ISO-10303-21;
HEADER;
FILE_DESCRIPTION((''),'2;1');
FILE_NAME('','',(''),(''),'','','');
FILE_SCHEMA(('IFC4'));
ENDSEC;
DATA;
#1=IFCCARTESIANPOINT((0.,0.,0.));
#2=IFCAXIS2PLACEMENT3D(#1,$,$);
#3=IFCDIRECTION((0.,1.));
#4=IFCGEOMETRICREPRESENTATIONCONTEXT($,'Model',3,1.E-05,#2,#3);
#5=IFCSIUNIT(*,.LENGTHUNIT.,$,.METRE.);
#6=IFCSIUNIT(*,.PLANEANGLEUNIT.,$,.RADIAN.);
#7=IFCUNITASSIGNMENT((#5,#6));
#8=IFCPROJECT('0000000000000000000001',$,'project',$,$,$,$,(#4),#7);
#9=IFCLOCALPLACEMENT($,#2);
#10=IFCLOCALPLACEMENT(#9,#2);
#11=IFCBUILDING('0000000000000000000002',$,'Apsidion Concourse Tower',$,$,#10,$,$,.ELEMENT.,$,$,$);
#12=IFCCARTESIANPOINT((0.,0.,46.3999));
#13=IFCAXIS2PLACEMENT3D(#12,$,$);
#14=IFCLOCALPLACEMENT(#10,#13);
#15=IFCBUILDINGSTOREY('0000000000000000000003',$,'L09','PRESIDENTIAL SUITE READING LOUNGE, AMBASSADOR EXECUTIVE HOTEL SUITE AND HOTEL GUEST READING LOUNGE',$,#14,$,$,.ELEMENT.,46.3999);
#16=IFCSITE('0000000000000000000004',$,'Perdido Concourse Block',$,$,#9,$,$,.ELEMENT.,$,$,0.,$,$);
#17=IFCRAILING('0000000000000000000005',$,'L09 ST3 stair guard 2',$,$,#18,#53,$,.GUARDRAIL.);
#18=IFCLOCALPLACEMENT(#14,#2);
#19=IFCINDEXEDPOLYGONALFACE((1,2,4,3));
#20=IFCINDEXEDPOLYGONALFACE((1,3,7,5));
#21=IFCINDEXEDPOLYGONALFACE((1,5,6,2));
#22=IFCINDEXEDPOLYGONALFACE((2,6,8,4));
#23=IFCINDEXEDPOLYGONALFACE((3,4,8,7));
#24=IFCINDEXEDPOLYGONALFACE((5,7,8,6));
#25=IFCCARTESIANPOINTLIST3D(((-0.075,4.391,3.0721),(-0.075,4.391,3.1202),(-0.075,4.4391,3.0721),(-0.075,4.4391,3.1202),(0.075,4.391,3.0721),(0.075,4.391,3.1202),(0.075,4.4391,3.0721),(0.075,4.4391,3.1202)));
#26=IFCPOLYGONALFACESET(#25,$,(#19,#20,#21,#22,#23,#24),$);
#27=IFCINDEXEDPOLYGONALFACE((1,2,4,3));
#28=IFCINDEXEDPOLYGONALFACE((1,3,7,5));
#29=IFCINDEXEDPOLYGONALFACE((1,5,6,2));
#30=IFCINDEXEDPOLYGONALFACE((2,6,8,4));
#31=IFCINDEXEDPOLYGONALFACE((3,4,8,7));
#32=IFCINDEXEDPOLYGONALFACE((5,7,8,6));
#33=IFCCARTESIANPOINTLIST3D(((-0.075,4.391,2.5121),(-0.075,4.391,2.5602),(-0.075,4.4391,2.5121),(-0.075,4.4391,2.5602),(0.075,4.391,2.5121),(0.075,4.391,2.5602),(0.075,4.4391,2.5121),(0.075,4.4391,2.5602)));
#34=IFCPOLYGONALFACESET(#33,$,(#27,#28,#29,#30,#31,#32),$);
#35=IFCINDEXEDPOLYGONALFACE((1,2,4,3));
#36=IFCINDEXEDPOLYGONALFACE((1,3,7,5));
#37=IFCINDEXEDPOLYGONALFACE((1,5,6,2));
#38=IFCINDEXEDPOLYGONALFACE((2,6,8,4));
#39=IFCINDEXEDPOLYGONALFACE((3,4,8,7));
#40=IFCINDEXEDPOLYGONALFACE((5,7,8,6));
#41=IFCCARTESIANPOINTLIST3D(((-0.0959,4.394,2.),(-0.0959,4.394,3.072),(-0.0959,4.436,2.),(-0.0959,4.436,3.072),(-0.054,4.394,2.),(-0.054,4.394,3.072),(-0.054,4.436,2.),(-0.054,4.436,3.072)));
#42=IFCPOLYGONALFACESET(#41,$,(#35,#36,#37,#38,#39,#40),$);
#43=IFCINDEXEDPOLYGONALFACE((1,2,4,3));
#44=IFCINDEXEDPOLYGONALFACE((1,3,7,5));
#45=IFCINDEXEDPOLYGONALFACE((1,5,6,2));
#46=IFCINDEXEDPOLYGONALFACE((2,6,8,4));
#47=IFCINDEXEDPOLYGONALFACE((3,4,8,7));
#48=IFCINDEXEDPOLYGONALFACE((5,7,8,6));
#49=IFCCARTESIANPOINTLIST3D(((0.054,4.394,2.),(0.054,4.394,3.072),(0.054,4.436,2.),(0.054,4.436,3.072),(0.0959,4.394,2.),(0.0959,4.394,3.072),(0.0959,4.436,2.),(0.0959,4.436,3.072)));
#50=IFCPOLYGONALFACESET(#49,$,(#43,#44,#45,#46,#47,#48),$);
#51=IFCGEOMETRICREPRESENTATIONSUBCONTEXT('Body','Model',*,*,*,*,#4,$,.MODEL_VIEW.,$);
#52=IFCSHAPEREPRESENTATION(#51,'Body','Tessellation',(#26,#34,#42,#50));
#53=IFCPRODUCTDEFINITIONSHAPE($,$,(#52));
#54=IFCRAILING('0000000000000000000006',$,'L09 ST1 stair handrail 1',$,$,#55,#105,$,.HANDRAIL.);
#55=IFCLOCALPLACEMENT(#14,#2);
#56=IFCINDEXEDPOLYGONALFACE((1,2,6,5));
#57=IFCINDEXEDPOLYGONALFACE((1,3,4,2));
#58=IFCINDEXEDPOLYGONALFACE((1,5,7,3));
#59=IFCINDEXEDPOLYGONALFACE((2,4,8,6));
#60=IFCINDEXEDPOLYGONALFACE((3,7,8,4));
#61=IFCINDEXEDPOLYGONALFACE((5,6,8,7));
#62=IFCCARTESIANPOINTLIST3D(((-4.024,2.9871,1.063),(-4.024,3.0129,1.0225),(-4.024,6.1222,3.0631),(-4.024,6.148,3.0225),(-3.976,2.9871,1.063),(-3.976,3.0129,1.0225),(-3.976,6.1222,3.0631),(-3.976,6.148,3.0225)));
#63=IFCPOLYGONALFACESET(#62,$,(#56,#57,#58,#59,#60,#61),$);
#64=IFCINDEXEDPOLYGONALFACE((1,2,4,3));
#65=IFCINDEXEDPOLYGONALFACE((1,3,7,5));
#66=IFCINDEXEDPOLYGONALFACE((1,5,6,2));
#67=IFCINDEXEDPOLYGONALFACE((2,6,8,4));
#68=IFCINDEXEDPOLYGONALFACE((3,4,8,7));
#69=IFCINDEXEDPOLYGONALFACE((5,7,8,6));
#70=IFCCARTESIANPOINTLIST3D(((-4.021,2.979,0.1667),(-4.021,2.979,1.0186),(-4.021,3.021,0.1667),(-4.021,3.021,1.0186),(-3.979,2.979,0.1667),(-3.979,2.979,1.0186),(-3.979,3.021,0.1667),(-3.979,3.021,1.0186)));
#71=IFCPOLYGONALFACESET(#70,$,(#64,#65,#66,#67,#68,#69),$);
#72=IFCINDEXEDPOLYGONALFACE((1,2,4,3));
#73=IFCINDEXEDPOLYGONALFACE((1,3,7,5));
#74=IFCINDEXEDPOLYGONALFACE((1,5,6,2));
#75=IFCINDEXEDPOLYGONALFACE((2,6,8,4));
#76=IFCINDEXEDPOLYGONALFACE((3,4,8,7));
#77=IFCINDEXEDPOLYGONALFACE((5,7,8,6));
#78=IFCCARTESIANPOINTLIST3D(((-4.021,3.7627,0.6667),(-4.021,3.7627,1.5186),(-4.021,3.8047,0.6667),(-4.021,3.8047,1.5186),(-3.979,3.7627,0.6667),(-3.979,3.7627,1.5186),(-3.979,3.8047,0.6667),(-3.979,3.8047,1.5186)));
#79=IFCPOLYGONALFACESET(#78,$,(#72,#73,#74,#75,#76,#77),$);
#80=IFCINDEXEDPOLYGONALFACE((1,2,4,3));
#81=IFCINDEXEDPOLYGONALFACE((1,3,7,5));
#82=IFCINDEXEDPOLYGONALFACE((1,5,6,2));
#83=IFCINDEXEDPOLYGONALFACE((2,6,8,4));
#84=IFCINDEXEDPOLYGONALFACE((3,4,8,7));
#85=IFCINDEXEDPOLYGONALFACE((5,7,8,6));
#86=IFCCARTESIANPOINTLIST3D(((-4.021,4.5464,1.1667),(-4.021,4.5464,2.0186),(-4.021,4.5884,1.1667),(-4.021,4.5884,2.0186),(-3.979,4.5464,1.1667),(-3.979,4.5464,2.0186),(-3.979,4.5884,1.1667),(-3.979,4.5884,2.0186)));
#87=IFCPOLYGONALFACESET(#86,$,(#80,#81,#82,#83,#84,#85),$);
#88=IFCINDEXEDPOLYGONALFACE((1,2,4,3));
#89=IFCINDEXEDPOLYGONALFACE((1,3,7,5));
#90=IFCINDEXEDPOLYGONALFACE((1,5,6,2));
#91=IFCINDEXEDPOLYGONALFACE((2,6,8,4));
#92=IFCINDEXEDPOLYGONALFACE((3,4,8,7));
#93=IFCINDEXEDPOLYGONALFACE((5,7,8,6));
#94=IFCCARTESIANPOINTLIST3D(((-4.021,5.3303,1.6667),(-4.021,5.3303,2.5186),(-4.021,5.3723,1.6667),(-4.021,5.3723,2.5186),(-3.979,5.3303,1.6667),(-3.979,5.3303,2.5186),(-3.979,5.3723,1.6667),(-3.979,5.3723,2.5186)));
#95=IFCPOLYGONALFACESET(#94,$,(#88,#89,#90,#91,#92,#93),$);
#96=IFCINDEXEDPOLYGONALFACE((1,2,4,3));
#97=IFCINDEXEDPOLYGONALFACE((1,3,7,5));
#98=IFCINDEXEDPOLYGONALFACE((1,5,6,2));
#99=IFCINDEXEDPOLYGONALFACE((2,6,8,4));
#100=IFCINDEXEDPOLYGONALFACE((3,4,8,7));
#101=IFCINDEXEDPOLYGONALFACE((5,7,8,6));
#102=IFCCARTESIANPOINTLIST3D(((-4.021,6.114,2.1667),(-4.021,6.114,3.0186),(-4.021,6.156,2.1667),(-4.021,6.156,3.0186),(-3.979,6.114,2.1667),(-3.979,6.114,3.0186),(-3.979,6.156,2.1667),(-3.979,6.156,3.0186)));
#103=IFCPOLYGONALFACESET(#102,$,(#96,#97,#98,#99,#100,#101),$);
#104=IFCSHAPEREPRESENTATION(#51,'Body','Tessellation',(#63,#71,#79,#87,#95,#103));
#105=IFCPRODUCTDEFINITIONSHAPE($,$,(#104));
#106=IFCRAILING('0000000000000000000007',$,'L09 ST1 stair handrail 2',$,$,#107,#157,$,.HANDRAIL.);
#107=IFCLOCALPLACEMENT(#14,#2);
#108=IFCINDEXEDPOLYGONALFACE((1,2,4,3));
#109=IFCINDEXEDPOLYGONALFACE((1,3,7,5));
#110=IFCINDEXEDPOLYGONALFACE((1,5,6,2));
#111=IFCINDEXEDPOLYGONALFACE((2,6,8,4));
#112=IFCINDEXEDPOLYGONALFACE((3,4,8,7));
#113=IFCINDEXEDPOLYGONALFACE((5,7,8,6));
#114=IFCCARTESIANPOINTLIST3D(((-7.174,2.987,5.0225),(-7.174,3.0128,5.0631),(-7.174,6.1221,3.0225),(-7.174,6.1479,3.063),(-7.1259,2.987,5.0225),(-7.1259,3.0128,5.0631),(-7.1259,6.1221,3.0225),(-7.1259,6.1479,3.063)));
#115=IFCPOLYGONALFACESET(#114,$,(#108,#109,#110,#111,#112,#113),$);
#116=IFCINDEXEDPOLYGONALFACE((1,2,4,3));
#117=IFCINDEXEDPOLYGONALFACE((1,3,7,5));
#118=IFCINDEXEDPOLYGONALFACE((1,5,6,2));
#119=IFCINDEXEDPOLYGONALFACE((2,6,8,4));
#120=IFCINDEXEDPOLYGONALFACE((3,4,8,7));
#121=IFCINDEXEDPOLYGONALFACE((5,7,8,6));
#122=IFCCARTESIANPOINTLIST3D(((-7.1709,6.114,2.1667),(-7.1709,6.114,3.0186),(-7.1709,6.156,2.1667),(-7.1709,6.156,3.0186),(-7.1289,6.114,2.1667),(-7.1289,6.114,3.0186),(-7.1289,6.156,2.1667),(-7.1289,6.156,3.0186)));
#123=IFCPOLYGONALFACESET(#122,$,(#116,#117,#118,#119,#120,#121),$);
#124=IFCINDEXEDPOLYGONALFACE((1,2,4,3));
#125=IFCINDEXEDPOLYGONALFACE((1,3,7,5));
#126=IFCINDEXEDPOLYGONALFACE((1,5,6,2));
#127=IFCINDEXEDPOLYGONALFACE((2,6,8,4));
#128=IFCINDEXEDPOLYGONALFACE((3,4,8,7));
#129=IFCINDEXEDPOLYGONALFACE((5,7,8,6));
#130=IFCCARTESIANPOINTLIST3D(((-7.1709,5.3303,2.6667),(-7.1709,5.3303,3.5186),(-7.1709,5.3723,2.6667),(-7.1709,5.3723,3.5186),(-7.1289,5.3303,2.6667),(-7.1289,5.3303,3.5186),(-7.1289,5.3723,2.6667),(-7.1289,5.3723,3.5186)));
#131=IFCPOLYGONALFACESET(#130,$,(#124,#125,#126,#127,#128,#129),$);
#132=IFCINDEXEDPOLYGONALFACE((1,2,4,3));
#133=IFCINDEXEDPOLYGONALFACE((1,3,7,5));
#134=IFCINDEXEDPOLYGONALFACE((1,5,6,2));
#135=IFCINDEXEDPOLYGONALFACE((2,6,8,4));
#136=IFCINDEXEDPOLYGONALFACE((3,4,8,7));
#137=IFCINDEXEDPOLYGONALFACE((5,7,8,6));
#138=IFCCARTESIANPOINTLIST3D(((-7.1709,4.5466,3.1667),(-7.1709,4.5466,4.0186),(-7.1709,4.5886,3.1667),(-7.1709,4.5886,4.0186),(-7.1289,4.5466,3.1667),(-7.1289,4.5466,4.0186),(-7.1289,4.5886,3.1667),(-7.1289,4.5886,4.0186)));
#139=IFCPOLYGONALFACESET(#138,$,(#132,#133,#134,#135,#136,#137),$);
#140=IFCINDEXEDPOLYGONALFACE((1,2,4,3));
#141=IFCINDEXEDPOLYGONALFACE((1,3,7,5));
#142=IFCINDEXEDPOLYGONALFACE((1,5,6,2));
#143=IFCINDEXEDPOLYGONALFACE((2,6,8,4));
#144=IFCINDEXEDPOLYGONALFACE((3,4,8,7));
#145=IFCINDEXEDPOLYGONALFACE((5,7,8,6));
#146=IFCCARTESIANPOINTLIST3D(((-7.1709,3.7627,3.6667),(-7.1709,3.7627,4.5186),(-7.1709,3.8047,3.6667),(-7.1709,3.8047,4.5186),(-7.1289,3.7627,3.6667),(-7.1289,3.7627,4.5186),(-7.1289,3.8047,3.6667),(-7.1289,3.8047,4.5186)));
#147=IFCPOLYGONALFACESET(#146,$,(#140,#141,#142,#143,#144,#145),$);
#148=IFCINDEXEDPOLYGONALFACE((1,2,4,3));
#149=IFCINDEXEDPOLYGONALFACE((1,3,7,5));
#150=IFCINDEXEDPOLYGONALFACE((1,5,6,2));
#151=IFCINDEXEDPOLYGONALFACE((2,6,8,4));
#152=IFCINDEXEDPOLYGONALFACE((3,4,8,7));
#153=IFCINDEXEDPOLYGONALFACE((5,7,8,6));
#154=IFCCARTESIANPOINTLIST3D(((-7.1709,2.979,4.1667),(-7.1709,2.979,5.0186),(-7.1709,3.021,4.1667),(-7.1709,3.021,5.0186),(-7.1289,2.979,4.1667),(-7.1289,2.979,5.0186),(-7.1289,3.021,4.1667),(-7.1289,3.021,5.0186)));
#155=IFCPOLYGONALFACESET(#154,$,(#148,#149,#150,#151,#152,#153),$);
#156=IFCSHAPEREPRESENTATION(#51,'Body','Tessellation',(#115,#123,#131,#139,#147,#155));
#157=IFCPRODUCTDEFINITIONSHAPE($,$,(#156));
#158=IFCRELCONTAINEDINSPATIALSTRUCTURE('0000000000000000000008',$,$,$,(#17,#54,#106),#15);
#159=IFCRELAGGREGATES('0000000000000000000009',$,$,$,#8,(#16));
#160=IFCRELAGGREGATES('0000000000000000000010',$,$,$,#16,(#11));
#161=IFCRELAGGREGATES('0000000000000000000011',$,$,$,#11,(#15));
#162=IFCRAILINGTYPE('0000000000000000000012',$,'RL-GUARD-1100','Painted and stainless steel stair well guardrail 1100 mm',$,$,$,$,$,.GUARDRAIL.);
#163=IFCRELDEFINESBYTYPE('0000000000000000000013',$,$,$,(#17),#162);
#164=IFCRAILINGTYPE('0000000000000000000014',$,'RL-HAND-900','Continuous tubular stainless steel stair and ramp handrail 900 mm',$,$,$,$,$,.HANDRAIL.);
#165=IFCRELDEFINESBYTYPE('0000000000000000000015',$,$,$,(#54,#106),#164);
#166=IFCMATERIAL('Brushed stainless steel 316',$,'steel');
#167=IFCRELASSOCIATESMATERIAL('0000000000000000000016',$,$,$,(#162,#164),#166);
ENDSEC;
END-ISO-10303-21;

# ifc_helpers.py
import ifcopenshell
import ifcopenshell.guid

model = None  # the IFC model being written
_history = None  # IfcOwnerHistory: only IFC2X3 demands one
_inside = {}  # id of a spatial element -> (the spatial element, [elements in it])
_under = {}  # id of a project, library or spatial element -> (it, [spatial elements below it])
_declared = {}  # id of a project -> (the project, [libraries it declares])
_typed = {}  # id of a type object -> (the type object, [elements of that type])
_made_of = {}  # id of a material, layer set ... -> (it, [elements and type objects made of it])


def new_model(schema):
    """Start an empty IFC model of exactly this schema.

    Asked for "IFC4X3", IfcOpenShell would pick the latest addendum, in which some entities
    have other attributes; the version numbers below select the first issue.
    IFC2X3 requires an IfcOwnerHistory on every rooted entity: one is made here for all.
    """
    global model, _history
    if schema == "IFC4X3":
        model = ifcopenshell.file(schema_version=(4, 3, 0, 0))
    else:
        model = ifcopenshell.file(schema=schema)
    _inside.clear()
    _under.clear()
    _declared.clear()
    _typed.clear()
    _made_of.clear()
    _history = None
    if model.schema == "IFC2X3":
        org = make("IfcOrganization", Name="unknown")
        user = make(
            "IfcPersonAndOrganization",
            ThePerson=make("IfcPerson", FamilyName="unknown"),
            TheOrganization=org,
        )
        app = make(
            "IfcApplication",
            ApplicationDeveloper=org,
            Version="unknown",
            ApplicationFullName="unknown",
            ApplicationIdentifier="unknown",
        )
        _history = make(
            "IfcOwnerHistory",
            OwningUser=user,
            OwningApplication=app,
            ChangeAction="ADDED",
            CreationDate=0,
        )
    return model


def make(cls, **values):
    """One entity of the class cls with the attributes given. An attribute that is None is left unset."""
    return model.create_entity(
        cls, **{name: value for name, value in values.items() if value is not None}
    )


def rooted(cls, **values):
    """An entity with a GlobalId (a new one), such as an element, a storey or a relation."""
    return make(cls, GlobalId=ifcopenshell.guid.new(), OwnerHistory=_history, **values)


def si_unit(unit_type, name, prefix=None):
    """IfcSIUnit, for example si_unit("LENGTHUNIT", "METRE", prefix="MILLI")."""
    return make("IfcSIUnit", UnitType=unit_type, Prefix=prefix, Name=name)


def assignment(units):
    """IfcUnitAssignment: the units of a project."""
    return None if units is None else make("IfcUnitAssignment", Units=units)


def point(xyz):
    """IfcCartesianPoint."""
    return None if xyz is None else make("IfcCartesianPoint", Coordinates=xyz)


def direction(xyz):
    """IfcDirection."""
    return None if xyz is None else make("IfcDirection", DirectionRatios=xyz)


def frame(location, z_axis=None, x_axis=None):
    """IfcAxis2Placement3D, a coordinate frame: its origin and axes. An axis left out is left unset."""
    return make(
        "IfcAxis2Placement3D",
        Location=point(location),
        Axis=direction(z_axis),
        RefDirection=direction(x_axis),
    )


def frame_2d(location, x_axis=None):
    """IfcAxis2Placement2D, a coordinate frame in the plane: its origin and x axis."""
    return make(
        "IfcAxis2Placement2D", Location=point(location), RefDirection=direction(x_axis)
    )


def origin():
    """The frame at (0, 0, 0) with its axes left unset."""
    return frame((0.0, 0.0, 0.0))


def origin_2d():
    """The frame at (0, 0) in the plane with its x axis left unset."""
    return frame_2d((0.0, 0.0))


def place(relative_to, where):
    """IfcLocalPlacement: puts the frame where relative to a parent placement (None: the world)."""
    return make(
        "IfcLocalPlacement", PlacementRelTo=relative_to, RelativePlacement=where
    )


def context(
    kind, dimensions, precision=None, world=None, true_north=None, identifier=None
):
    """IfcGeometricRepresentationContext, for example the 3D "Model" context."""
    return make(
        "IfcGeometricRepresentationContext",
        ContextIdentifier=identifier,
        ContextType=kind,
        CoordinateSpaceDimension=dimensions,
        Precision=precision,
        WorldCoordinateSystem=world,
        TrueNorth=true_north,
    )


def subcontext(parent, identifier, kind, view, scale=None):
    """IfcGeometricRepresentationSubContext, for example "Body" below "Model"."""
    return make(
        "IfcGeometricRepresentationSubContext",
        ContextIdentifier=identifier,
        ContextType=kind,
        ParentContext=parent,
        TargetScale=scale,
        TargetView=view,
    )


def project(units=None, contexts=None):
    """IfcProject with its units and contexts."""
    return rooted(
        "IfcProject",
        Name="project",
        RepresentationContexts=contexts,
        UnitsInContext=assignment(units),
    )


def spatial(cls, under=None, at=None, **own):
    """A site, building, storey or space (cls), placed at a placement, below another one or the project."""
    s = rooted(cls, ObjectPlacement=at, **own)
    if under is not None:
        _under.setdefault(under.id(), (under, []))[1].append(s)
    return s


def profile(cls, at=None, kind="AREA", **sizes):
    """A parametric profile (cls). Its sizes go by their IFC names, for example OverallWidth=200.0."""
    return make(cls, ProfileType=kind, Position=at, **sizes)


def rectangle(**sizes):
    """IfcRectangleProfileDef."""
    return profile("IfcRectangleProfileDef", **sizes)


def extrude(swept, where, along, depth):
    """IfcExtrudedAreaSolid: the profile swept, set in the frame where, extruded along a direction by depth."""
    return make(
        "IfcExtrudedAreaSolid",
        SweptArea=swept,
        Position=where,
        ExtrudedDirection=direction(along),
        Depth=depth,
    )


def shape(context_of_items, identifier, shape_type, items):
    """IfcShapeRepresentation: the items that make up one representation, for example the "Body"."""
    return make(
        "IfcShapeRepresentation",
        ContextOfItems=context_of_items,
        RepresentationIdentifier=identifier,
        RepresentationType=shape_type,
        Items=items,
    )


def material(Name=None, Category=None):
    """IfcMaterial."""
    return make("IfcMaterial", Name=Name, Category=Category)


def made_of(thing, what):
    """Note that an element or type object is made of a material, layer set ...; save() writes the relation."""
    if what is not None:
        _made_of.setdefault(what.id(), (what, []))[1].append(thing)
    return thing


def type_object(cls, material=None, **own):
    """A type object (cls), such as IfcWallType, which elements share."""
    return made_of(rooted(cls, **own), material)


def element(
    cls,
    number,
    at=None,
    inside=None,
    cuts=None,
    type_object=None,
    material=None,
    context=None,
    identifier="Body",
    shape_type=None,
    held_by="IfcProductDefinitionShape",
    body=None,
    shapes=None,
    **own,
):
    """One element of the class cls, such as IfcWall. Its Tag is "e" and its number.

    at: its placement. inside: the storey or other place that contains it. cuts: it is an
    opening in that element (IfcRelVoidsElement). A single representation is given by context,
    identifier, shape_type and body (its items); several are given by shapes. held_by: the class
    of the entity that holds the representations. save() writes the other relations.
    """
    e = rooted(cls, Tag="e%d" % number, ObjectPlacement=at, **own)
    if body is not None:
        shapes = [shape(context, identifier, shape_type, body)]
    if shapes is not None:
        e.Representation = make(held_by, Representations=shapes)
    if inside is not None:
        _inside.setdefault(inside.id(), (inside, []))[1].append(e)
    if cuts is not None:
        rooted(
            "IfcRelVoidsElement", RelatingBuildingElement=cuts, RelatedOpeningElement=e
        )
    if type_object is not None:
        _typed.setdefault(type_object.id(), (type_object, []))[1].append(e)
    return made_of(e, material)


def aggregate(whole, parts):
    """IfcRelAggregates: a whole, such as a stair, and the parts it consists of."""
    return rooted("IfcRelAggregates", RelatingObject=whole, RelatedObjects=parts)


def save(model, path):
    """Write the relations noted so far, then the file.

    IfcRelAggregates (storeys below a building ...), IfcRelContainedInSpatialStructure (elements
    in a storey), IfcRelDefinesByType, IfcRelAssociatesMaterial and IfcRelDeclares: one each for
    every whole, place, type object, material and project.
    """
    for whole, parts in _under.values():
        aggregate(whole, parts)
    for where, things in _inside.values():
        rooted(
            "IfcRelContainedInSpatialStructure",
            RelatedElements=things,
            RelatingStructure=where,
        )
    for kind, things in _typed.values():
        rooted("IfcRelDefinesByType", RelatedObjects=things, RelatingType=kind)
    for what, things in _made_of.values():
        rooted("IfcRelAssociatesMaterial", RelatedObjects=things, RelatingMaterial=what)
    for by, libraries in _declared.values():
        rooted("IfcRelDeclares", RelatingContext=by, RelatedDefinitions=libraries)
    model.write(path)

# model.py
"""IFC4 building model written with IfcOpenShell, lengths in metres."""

from ifc_helpers import new_model, si_unit, direction, frame, origin, origin_2d, place, context, subcontext, project, spatial, rectangle, extrude, material, type_object, element, save


model = new_model("IFC4")

# Units and contexts
model_context = context("Model", 3, precision=1e-05, world=origin(), true_north=direction((0.0, 1.0)))
body_context = subcontext(model_context, "Body", "Model", "MODEL_VIEW")
ifc_project = project(units=[si_unit("LENGTHUNIT", "METRE"), si_unit("PLANEANGLEUNIT", "RADIAN")], contexts=[model_context])

# Site, building, storey
site_placement = place(None, origin())
site = spatial("IfcSite", under=ifc_project, at=site_placement, Name="Perdido Concourse Block", CompositionType="ELEMENT", RefElevation=0.0)
building_placement = place(site_placement, origin())
building = spatial("IfcBuilding", under=site, at=building_placement, Name="Apsidion Concourse Tower", CompositionType="ELEMENT")
storey_placement = place(building_placement, frame((0.0, 0.0, 46.3999)))
storey = spatial("IfcBuildingStorey", under=building, at=storey_placement, Name="L09", Description="PRESIDENTIAL SUITE READING LOUNGE, AMBASSADOR EXECUTIVE HOTEL SUITE AND HOTEL GUEST READING LOUNGE", CompositionType="ELEMENT", Elevation=46.3999)

# Railings
ifc_material_1 = material(Name="Brushed stainless steel 316", Category="steel")
railing_type_1 = type_object("IfcRailingType", Name="RL-GUARD-1100", Description="Painted and stainless steel stair well guardrail 1100 mm", PredefinedType="GUARDRAIL", material=ifc_material_1)
railing_1_placement = place(storey_placement, frame((-0.075, 4.415, 2.0)))
element("IfcRailing", 1, at=railing_1_placement, inside=storey, type_object=railing_type_1, Name="L09 ST3 stair guard 2", PredefinedType="GUARDRAIL", context=body_context, shape_type="SweptSolid", body=[
    extrude(rectangle(XDim=0.0481, YDim=0.0481, at=origin_2d()), frame((0.0, 0.0, 1.0962), z_axis=(1.0, 0.0, 0.0), x_axis=(0.0, 1.0, 0.0)), (0.0, 0.0, 1.0), 0.1499),
    extrude(rectangle(XDim=0.0481, YDim=0.0481, at=origin_2d()), frame((0.0, 0.0, 0.5361), z_axis=(1.0, 0.0, 0.0), x_axis=(0.0, 1.0, 0.0)), (0.0, 0.0, 1.0), 0.1499),
    extrude(rectangle(XDim=0.042, YDim=0.042, at=origin_2d()), origin(), (0.0, 0.0, 1.0), 1.072),
    extrude(rectangle(XDim=0.042, YDim=0.042, at=origin_2d()), frame((0.1499, 0.0, 0.0)), (0.0, 0.0, 1.0), 1.072),
])
railing_type_2 = type_object("IfcRailingType", Name="RL-HAND-900", Description="Continuous tubular stainless steel stair and ramp handrail 900 mm", PredefinedType="HANDRAIL", material=ifc_material_1)
railing_2_placement = place(storey_placement, frame((-4.0, 3.0, 0.1667)))
element("IfcRailing", 2, at=railing_2_placement, inside=storey, type_object=railing_type_2, Name="L09 ST1 stair handrail 1", PredefinedType="HANDRAIL", context=body_context, shape_type="SweptSolid", body=[
    extrude(rectangle(XDim=0.0481, YDim=0.0481, at=origin_2d()), frame((0.0, 0.0, 0.876), z_axis=(0.0, 0.843053, 0.537831), x_axis=(-1.0, 0.0, 0.0)), (0.0, 0.0, 1.0), 3.7188),
    extrude(rectangle(XDim=0.042, YDim=0.042, at=origin_2d()), origin(), (0.0, 0.0, 1.0), 0.8518),
    extrude(rectangle(XDim=0.042, YDim=0.042, at=origin_2d()), frame((0.0, 0.7837, 0.5)), (0.0, 0.0, 1.0), 0.8518),
    extrude(rectangle(XDim=0.042, YDim=0.042, at=origin_2d()), frame((0.0, 1.5674, 1.0)), (0.0, 0.0, 1.0), 0.8518),
    extrude(rectangle(XDim=0.042, YDim=0.042, at=origin_2d()), frame((0.0, 2.3513, 1.5)), (0.0, 0.0, 1.0), 0.8518),
    extrude(rectangle(XDim=0.042, YDim=0.042, at=origin_2d()), frame((0.0, 3.135, 2.0)), (0.0, 0.0, 1.0), 0.8518),
])
railing_3_placement = place(storey_placement, frame((-7.1499, 6.135, 2.1667)))
element("IfcRailing", 3, at=railing_3_placement, inside=storey, type_object=railing_type_2, Name="L09 ST1 stair handrail 2", PredefinedType="HANDRAIL", context=body_context, shape_type="SweptSolid", body=[
    extrude(rectangle(XDim=0.0481, YDim=0.0481, at=origin_2d()), frame((0.0, 0.0, 0.876), z_axis=(0.0, -0.843053, 0.537831), x_axis=(1.0, 0.0, 0.0)), (0.0, 0.0, 1.0), 3.7188),
    extrude(rectangle(XDim=0.042, YDim=0.042, at=origin_2d()), origin(), (0.0, 0.0, 1.0), 0.8518),
    extrude(rectangle(XDim=0.042, YDim=0.042, at=origin_2d()), frame((0.0, -0.7837, 0.5)), (0.0, 0.0, 1.0), 0.8518),
    extrude(rectangle(XDim=0.042, YDim=0.042, at=origin_2d()), frame((0.0, -1.5674, 1.0)), (0.0, 0.0, 1.0), 0.8518),
    extrude(rectangle(XDim=0.042, YDim=0.042, at=origin_2d()), frame((0.0, -2.3513, 1.5)), (0.0, 0.0, 1.0), 0.8518),
    extrude(rectangle(XDim=0.042, YDim=0.042, at=origin_2d()), frame((0.0, -3.135, 2.0)), (0.0, 0.0, 1.0), 0.8518),
])

save(model, "model.ifc")
